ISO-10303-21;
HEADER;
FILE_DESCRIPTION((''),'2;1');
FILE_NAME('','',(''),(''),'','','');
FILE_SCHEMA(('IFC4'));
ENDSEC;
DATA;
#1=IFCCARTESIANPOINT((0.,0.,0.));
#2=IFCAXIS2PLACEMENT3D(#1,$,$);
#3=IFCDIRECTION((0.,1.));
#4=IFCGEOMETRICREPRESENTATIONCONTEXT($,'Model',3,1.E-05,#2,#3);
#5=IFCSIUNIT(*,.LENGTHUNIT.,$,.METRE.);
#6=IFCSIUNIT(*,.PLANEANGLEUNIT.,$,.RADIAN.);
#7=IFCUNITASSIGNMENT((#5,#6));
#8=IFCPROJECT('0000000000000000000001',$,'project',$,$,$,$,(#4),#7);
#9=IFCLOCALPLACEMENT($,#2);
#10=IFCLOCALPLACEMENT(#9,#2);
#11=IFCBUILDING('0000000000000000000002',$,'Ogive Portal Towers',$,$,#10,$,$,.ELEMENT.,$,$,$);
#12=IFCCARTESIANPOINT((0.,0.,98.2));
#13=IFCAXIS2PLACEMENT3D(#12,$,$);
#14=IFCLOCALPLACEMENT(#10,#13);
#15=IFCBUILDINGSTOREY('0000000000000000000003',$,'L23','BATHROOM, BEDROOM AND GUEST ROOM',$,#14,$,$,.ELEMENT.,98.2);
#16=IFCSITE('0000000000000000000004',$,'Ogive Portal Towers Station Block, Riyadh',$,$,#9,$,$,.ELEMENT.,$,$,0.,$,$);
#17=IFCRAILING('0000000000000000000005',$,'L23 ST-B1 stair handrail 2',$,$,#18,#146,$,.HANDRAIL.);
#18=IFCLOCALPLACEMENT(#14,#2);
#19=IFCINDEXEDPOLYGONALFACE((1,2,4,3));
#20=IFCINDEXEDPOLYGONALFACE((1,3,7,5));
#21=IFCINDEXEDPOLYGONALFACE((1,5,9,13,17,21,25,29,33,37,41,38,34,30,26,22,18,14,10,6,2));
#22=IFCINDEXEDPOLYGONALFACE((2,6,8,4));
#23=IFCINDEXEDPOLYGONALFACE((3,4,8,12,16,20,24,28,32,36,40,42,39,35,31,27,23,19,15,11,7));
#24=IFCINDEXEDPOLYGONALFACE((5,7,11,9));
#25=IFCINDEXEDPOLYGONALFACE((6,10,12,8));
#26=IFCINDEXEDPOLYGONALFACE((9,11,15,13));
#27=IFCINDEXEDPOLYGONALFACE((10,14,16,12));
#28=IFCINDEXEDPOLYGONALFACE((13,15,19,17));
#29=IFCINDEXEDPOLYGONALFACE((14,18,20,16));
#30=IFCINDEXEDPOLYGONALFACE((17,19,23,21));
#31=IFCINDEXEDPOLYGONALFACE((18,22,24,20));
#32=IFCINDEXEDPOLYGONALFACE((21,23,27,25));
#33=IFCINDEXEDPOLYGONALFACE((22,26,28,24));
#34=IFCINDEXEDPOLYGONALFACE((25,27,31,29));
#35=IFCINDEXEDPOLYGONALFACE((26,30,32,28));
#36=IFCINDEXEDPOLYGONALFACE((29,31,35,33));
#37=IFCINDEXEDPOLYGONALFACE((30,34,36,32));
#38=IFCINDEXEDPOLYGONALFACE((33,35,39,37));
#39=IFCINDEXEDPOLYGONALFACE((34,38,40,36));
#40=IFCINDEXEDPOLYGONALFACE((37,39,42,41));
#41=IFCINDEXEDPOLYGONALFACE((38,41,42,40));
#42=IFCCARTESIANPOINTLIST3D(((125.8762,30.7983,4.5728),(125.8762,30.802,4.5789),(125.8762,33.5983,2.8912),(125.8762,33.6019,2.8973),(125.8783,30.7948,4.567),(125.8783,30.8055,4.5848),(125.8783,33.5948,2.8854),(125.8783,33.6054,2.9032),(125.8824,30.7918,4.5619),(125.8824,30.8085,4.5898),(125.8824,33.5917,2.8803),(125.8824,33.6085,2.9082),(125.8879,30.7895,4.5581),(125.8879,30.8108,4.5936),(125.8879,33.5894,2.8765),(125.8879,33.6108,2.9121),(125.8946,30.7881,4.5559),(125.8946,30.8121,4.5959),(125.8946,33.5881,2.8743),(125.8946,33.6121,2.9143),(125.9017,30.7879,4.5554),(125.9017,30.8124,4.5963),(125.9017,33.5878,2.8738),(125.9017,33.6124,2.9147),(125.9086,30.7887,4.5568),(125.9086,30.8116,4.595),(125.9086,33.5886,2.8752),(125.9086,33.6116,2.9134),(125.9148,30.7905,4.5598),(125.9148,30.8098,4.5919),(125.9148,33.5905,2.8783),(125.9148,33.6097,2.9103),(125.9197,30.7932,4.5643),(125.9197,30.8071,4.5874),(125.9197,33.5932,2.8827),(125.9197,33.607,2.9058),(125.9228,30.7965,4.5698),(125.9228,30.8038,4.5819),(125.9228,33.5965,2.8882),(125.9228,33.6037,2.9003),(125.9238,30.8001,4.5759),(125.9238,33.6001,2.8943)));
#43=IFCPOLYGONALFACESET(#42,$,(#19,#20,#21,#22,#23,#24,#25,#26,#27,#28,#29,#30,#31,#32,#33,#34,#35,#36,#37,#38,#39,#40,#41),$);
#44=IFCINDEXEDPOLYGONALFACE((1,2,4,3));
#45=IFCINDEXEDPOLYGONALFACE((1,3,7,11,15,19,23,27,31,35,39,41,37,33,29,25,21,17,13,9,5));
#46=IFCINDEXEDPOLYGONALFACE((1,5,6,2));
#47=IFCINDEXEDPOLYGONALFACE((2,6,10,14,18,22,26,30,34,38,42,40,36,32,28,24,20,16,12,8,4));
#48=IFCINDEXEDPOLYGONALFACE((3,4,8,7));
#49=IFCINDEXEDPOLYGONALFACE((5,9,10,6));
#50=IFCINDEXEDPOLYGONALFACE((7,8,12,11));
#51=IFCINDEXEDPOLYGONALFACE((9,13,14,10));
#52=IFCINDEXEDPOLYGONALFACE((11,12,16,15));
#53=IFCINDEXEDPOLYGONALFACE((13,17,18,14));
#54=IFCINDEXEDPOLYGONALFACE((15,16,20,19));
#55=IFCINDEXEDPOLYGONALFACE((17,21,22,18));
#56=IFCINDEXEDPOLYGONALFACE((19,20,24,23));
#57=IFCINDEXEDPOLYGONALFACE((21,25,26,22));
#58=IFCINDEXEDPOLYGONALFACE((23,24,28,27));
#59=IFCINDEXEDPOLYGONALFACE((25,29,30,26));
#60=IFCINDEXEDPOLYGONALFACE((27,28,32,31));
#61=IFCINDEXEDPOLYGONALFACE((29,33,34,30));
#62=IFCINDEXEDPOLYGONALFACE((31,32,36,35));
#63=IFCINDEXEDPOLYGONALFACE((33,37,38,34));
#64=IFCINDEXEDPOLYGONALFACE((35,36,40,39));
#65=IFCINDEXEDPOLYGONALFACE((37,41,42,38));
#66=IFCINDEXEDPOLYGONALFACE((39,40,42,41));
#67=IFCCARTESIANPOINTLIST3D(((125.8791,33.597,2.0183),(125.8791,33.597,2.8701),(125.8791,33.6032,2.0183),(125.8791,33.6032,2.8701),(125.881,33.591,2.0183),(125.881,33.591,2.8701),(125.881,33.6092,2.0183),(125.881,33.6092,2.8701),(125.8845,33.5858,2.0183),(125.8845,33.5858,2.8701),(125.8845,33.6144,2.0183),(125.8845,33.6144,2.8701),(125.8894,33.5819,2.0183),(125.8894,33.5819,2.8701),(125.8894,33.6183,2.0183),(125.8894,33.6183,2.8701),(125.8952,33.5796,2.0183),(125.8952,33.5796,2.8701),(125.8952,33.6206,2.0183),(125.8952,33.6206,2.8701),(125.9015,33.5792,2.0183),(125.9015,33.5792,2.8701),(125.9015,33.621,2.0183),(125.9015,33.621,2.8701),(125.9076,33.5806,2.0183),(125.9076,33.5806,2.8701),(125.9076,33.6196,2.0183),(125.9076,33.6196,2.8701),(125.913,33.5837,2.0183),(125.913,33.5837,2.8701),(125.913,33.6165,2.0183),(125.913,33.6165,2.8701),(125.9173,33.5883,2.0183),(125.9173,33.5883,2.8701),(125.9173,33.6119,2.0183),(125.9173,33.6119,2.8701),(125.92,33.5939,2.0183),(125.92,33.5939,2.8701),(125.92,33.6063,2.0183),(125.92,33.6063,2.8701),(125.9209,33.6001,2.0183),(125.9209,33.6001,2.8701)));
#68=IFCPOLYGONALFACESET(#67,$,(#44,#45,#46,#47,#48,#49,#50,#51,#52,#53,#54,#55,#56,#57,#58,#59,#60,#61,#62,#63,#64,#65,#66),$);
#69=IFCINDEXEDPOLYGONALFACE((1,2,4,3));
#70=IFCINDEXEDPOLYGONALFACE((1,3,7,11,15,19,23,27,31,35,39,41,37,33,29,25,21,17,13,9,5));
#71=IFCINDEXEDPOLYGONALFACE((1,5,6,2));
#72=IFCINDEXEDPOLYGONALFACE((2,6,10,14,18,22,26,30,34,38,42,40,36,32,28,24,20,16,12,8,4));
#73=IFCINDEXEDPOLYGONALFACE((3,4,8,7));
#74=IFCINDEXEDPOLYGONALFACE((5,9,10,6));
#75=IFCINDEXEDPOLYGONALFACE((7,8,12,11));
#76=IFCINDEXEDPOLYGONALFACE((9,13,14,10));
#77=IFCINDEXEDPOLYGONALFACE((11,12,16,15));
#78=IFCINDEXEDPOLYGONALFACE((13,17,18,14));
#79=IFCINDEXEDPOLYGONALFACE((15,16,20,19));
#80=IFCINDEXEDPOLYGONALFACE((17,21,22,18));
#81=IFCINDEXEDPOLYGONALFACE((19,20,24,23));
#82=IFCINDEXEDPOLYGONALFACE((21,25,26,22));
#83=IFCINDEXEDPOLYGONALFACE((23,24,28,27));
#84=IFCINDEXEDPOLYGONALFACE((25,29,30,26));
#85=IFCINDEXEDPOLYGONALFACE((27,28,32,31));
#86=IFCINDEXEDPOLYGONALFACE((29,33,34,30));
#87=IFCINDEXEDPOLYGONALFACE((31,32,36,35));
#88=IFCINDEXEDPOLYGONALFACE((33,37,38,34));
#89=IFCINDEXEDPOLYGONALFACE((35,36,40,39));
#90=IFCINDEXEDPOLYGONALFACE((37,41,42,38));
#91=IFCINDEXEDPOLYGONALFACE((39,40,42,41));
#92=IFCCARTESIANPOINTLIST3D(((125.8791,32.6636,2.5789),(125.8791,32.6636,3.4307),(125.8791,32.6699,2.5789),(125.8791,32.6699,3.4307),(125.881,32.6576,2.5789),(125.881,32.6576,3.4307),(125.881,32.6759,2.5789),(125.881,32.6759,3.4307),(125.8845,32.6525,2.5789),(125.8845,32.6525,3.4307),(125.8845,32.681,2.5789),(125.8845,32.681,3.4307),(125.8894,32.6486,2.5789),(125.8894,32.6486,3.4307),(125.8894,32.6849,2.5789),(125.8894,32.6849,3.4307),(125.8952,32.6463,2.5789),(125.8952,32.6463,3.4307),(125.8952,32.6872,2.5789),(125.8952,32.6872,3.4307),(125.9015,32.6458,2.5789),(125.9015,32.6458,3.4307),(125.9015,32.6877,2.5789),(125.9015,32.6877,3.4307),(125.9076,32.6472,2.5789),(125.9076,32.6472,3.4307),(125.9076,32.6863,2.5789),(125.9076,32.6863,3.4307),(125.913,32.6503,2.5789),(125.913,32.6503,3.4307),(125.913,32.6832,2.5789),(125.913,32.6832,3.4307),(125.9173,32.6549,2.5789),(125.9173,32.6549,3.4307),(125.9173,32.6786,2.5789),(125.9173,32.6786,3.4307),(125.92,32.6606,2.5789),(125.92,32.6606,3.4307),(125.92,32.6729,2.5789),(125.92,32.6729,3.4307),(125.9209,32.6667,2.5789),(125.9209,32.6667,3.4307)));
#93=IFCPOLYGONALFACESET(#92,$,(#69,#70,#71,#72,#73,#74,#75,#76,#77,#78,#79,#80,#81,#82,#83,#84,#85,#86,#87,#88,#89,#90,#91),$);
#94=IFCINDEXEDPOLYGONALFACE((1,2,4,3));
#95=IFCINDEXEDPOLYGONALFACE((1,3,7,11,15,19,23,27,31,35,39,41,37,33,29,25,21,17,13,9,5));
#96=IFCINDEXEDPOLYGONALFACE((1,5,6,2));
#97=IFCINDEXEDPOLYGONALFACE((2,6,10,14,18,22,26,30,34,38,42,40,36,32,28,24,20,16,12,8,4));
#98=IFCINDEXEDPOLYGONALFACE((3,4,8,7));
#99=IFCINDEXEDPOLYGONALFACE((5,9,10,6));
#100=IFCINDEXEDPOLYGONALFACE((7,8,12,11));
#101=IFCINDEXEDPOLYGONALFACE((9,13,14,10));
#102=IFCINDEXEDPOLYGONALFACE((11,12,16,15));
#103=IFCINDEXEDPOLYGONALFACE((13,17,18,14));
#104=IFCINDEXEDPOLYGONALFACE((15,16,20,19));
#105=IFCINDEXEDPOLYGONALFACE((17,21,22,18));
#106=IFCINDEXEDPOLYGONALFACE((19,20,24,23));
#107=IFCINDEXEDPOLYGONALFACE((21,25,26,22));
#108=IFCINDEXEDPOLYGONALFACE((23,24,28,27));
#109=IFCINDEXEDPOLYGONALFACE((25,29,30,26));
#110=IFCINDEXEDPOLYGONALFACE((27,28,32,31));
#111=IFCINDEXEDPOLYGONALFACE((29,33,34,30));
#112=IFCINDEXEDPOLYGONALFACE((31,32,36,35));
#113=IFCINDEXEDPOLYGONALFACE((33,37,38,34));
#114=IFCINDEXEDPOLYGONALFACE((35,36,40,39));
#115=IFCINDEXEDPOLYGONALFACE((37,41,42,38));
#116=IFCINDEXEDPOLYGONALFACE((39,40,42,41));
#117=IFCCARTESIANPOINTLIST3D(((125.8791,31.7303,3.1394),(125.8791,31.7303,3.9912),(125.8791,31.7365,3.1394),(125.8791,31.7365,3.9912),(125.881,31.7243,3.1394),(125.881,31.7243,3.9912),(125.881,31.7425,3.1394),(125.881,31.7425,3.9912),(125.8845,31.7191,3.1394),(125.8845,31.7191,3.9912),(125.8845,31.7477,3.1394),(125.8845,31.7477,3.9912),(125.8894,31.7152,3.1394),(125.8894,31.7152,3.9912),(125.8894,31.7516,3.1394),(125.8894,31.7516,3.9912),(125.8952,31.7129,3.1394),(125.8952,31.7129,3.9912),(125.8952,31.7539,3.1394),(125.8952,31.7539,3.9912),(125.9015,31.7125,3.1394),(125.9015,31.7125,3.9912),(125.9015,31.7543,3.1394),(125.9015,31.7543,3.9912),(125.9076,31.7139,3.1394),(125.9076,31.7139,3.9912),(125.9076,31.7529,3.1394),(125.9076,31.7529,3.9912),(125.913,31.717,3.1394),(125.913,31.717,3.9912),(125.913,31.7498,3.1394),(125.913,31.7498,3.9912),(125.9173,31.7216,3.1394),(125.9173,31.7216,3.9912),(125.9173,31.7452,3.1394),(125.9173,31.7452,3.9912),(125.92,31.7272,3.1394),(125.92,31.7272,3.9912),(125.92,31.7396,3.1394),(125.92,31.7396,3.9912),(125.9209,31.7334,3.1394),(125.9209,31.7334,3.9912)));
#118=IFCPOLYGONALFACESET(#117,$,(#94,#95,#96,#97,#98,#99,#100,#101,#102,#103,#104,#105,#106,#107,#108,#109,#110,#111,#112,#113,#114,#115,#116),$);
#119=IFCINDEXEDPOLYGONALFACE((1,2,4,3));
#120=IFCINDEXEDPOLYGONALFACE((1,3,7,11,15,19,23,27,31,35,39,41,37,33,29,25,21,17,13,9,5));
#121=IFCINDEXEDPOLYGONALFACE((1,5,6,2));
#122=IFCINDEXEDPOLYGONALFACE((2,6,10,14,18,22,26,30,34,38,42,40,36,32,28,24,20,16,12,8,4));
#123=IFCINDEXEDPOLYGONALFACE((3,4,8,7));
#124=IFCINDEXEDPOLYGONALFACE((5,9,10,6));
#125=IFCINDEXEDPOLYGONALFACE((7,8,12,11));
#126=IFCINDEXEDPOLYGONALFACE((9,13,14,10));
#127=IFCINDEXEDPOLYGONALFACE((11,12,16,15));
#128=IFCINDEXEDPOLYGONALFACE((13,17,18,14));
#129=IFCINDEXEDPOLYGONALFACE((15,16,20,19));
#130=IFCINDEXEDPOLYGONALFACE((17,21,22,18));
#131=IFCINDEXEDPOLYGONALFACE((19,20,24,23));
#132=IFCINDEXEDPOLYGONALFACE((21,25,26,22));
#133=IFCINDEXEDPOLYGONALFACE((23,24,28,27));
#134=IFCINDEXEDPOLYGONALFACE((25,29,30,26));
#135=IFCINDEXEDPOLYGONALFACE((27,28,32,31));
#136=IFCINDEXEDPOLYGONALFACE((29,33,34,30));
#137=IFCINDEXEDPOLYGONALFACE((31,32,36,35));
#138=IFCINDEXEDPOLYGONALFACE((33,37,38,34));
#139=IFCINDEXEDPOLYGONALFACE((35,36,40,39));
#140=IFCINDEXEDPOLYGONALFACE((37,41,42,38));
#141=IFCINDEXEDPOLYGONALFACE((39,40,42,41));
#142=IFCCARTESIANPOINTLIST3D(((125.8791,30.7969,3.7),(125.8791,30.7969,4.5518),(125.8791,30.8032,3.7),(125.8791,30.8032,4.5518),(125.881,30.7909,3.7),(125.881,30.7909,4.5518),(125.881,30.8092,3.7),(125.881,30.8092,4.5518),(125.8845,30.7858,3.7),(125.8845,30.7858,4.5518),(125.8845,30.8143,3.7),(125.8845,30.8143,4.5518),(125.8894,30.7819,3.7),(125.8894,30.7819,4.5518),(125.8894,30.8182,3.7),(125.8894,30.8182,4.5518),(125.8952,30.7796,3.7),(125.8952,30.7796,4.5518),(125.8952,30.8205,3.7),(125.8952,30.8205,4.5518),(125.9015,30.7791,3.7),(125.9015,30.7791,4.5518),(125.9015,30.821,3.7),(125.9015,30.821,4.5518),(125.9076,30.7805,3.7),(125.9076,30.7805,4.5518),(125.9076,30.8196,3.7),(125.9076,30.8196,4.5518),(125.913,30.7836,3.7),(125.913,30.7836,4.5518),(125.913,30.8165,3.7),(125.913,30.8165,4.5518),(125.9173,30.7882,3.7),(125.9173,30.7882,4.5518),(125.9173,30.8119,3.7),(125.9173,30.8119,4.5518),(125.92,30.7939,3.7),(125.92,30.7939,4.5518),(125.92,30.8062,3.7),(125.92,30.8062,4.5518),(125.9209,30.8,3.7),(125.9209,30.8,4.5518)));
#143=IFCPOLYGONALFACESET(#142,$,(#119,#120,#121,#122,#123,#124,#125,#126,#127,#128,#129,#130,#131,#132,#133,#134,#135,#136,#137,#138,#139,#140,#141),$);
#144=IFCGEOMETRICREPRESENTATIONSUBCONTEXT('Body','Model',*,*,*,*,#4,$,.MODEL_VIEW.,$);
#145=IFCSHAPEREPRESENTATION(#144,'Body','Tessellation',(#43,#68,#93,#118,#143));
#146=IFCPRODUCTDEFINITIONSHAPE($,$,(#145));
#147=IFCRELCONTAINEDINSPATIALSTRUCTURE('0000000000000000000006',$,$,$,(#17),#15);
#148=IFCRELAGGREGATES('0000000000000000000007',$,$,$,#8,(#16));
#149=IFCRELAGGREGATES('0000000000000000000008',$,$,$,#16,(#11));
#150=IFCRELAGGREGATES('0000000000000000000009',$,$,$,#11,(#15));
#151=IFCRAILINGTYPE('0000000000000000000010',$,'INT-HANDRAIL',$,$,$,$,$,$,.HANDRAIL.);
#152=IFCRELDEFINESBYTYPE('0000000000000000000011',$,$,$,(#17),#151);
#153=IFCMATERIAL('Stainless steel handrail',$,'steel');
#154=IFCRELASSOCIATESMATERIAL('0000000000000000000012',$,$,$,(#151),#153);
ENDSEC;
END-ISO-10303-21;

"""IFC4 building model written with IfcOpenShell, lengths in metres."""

from ifc_helpers import new_model, si_unit, direction, frame, origin, origin_2d, place, context, subcontext, project, spatial, circle, extrude, material, type_object, element, save


model = new_model("IFC4")

# Units and contexts
model_context = context("Model", 3, precision=1e-05, world=origin(), true_north=direction((0.0, 1.0)))
body_context = subcontext(model_context, "Body", "Model", "MODEL_VIEW")
ifc_project = project(units=[si_unit("LENGTHUNIT", "METRE"), si_unit("PLANEANGLEUNIT", "RADIAN")], contexts=[model_context])

# Site, building, storey
site_placement = place(None, origin())
site = spatial("IfcSite", under=ifc_project, at=site_placement, Name="Ogive Portal Towers Station Block, Riyadh", CompositionType="ELEMENT", RefElevation=0.0)
building_placement = place(site_placement, origin())
building = spatial("IfcBuilding", under=site, at=building_placement, Name="Ogive Portal Towers", CompositionType="ELEMENT")
storey_placement = place(building_placement, frame((0.0, 0.0, 98.2)))
storey = spatial("IfcBuildingStorey", under=building, at=storey_placement, Name="L23", Description="BATHROOM, BEDROOM AND GUEST ROOM", CompositionType="ELEMENT", Elevation=98.2)

# Railing
ifc_material_1 = material(Name="Stainless steel handrail", Category="steel")
railing_type_1 = type_object("IfcRailingType", Name="INT-HANDRAIL", PredefinedType="HANDRAIL", material=ifc_material_1)
railing_1_placement = place(storey_placement, frame((125.8999, 33.6001, 2.0183)))
element("IfcRailing", 1, at=railing_1_placement, inside=storey, type_object=railing_type_1, Name="L23 ST-B1 stair handrail 2", PredefinedType="HANDRAIL", context=body_context, shape_type="SweptSolid", body=[
    extrude(circle(Radius=0.0239, at=origin_2d()), frame((0.0, 0.0, 0.876), z_axis=(0.0, -0.857275, 0.514858), x_axis=(1.0, 0.0, 0.0)), (0.0, 0.0, 1.0), 3.2661),
    extrude(circle(Radius=0.021, at=origin_2d()), origin(), (0.0, 0.0, 1.0), 0.8518),
    extrude(circle(Radius=0.021, at=origin_2d()), frame((0.0, -0.9333, 0.5605)), (0.0, 0.0, 1.0), 0.8518),
    extrude(circle(Radius=0.021, at=origin_2d()), frame((0.0, -1.8667, 1.1211)), (0.0, 0.0, 1.0), 0.8518),
    extrude(circle(Radius=0.021, at=origin_2d()), frame((0.0, -2.8, 1.6816)), (0.0, 0.0, 1.0), 0.8518),
])

save(model, "model.ifc")
